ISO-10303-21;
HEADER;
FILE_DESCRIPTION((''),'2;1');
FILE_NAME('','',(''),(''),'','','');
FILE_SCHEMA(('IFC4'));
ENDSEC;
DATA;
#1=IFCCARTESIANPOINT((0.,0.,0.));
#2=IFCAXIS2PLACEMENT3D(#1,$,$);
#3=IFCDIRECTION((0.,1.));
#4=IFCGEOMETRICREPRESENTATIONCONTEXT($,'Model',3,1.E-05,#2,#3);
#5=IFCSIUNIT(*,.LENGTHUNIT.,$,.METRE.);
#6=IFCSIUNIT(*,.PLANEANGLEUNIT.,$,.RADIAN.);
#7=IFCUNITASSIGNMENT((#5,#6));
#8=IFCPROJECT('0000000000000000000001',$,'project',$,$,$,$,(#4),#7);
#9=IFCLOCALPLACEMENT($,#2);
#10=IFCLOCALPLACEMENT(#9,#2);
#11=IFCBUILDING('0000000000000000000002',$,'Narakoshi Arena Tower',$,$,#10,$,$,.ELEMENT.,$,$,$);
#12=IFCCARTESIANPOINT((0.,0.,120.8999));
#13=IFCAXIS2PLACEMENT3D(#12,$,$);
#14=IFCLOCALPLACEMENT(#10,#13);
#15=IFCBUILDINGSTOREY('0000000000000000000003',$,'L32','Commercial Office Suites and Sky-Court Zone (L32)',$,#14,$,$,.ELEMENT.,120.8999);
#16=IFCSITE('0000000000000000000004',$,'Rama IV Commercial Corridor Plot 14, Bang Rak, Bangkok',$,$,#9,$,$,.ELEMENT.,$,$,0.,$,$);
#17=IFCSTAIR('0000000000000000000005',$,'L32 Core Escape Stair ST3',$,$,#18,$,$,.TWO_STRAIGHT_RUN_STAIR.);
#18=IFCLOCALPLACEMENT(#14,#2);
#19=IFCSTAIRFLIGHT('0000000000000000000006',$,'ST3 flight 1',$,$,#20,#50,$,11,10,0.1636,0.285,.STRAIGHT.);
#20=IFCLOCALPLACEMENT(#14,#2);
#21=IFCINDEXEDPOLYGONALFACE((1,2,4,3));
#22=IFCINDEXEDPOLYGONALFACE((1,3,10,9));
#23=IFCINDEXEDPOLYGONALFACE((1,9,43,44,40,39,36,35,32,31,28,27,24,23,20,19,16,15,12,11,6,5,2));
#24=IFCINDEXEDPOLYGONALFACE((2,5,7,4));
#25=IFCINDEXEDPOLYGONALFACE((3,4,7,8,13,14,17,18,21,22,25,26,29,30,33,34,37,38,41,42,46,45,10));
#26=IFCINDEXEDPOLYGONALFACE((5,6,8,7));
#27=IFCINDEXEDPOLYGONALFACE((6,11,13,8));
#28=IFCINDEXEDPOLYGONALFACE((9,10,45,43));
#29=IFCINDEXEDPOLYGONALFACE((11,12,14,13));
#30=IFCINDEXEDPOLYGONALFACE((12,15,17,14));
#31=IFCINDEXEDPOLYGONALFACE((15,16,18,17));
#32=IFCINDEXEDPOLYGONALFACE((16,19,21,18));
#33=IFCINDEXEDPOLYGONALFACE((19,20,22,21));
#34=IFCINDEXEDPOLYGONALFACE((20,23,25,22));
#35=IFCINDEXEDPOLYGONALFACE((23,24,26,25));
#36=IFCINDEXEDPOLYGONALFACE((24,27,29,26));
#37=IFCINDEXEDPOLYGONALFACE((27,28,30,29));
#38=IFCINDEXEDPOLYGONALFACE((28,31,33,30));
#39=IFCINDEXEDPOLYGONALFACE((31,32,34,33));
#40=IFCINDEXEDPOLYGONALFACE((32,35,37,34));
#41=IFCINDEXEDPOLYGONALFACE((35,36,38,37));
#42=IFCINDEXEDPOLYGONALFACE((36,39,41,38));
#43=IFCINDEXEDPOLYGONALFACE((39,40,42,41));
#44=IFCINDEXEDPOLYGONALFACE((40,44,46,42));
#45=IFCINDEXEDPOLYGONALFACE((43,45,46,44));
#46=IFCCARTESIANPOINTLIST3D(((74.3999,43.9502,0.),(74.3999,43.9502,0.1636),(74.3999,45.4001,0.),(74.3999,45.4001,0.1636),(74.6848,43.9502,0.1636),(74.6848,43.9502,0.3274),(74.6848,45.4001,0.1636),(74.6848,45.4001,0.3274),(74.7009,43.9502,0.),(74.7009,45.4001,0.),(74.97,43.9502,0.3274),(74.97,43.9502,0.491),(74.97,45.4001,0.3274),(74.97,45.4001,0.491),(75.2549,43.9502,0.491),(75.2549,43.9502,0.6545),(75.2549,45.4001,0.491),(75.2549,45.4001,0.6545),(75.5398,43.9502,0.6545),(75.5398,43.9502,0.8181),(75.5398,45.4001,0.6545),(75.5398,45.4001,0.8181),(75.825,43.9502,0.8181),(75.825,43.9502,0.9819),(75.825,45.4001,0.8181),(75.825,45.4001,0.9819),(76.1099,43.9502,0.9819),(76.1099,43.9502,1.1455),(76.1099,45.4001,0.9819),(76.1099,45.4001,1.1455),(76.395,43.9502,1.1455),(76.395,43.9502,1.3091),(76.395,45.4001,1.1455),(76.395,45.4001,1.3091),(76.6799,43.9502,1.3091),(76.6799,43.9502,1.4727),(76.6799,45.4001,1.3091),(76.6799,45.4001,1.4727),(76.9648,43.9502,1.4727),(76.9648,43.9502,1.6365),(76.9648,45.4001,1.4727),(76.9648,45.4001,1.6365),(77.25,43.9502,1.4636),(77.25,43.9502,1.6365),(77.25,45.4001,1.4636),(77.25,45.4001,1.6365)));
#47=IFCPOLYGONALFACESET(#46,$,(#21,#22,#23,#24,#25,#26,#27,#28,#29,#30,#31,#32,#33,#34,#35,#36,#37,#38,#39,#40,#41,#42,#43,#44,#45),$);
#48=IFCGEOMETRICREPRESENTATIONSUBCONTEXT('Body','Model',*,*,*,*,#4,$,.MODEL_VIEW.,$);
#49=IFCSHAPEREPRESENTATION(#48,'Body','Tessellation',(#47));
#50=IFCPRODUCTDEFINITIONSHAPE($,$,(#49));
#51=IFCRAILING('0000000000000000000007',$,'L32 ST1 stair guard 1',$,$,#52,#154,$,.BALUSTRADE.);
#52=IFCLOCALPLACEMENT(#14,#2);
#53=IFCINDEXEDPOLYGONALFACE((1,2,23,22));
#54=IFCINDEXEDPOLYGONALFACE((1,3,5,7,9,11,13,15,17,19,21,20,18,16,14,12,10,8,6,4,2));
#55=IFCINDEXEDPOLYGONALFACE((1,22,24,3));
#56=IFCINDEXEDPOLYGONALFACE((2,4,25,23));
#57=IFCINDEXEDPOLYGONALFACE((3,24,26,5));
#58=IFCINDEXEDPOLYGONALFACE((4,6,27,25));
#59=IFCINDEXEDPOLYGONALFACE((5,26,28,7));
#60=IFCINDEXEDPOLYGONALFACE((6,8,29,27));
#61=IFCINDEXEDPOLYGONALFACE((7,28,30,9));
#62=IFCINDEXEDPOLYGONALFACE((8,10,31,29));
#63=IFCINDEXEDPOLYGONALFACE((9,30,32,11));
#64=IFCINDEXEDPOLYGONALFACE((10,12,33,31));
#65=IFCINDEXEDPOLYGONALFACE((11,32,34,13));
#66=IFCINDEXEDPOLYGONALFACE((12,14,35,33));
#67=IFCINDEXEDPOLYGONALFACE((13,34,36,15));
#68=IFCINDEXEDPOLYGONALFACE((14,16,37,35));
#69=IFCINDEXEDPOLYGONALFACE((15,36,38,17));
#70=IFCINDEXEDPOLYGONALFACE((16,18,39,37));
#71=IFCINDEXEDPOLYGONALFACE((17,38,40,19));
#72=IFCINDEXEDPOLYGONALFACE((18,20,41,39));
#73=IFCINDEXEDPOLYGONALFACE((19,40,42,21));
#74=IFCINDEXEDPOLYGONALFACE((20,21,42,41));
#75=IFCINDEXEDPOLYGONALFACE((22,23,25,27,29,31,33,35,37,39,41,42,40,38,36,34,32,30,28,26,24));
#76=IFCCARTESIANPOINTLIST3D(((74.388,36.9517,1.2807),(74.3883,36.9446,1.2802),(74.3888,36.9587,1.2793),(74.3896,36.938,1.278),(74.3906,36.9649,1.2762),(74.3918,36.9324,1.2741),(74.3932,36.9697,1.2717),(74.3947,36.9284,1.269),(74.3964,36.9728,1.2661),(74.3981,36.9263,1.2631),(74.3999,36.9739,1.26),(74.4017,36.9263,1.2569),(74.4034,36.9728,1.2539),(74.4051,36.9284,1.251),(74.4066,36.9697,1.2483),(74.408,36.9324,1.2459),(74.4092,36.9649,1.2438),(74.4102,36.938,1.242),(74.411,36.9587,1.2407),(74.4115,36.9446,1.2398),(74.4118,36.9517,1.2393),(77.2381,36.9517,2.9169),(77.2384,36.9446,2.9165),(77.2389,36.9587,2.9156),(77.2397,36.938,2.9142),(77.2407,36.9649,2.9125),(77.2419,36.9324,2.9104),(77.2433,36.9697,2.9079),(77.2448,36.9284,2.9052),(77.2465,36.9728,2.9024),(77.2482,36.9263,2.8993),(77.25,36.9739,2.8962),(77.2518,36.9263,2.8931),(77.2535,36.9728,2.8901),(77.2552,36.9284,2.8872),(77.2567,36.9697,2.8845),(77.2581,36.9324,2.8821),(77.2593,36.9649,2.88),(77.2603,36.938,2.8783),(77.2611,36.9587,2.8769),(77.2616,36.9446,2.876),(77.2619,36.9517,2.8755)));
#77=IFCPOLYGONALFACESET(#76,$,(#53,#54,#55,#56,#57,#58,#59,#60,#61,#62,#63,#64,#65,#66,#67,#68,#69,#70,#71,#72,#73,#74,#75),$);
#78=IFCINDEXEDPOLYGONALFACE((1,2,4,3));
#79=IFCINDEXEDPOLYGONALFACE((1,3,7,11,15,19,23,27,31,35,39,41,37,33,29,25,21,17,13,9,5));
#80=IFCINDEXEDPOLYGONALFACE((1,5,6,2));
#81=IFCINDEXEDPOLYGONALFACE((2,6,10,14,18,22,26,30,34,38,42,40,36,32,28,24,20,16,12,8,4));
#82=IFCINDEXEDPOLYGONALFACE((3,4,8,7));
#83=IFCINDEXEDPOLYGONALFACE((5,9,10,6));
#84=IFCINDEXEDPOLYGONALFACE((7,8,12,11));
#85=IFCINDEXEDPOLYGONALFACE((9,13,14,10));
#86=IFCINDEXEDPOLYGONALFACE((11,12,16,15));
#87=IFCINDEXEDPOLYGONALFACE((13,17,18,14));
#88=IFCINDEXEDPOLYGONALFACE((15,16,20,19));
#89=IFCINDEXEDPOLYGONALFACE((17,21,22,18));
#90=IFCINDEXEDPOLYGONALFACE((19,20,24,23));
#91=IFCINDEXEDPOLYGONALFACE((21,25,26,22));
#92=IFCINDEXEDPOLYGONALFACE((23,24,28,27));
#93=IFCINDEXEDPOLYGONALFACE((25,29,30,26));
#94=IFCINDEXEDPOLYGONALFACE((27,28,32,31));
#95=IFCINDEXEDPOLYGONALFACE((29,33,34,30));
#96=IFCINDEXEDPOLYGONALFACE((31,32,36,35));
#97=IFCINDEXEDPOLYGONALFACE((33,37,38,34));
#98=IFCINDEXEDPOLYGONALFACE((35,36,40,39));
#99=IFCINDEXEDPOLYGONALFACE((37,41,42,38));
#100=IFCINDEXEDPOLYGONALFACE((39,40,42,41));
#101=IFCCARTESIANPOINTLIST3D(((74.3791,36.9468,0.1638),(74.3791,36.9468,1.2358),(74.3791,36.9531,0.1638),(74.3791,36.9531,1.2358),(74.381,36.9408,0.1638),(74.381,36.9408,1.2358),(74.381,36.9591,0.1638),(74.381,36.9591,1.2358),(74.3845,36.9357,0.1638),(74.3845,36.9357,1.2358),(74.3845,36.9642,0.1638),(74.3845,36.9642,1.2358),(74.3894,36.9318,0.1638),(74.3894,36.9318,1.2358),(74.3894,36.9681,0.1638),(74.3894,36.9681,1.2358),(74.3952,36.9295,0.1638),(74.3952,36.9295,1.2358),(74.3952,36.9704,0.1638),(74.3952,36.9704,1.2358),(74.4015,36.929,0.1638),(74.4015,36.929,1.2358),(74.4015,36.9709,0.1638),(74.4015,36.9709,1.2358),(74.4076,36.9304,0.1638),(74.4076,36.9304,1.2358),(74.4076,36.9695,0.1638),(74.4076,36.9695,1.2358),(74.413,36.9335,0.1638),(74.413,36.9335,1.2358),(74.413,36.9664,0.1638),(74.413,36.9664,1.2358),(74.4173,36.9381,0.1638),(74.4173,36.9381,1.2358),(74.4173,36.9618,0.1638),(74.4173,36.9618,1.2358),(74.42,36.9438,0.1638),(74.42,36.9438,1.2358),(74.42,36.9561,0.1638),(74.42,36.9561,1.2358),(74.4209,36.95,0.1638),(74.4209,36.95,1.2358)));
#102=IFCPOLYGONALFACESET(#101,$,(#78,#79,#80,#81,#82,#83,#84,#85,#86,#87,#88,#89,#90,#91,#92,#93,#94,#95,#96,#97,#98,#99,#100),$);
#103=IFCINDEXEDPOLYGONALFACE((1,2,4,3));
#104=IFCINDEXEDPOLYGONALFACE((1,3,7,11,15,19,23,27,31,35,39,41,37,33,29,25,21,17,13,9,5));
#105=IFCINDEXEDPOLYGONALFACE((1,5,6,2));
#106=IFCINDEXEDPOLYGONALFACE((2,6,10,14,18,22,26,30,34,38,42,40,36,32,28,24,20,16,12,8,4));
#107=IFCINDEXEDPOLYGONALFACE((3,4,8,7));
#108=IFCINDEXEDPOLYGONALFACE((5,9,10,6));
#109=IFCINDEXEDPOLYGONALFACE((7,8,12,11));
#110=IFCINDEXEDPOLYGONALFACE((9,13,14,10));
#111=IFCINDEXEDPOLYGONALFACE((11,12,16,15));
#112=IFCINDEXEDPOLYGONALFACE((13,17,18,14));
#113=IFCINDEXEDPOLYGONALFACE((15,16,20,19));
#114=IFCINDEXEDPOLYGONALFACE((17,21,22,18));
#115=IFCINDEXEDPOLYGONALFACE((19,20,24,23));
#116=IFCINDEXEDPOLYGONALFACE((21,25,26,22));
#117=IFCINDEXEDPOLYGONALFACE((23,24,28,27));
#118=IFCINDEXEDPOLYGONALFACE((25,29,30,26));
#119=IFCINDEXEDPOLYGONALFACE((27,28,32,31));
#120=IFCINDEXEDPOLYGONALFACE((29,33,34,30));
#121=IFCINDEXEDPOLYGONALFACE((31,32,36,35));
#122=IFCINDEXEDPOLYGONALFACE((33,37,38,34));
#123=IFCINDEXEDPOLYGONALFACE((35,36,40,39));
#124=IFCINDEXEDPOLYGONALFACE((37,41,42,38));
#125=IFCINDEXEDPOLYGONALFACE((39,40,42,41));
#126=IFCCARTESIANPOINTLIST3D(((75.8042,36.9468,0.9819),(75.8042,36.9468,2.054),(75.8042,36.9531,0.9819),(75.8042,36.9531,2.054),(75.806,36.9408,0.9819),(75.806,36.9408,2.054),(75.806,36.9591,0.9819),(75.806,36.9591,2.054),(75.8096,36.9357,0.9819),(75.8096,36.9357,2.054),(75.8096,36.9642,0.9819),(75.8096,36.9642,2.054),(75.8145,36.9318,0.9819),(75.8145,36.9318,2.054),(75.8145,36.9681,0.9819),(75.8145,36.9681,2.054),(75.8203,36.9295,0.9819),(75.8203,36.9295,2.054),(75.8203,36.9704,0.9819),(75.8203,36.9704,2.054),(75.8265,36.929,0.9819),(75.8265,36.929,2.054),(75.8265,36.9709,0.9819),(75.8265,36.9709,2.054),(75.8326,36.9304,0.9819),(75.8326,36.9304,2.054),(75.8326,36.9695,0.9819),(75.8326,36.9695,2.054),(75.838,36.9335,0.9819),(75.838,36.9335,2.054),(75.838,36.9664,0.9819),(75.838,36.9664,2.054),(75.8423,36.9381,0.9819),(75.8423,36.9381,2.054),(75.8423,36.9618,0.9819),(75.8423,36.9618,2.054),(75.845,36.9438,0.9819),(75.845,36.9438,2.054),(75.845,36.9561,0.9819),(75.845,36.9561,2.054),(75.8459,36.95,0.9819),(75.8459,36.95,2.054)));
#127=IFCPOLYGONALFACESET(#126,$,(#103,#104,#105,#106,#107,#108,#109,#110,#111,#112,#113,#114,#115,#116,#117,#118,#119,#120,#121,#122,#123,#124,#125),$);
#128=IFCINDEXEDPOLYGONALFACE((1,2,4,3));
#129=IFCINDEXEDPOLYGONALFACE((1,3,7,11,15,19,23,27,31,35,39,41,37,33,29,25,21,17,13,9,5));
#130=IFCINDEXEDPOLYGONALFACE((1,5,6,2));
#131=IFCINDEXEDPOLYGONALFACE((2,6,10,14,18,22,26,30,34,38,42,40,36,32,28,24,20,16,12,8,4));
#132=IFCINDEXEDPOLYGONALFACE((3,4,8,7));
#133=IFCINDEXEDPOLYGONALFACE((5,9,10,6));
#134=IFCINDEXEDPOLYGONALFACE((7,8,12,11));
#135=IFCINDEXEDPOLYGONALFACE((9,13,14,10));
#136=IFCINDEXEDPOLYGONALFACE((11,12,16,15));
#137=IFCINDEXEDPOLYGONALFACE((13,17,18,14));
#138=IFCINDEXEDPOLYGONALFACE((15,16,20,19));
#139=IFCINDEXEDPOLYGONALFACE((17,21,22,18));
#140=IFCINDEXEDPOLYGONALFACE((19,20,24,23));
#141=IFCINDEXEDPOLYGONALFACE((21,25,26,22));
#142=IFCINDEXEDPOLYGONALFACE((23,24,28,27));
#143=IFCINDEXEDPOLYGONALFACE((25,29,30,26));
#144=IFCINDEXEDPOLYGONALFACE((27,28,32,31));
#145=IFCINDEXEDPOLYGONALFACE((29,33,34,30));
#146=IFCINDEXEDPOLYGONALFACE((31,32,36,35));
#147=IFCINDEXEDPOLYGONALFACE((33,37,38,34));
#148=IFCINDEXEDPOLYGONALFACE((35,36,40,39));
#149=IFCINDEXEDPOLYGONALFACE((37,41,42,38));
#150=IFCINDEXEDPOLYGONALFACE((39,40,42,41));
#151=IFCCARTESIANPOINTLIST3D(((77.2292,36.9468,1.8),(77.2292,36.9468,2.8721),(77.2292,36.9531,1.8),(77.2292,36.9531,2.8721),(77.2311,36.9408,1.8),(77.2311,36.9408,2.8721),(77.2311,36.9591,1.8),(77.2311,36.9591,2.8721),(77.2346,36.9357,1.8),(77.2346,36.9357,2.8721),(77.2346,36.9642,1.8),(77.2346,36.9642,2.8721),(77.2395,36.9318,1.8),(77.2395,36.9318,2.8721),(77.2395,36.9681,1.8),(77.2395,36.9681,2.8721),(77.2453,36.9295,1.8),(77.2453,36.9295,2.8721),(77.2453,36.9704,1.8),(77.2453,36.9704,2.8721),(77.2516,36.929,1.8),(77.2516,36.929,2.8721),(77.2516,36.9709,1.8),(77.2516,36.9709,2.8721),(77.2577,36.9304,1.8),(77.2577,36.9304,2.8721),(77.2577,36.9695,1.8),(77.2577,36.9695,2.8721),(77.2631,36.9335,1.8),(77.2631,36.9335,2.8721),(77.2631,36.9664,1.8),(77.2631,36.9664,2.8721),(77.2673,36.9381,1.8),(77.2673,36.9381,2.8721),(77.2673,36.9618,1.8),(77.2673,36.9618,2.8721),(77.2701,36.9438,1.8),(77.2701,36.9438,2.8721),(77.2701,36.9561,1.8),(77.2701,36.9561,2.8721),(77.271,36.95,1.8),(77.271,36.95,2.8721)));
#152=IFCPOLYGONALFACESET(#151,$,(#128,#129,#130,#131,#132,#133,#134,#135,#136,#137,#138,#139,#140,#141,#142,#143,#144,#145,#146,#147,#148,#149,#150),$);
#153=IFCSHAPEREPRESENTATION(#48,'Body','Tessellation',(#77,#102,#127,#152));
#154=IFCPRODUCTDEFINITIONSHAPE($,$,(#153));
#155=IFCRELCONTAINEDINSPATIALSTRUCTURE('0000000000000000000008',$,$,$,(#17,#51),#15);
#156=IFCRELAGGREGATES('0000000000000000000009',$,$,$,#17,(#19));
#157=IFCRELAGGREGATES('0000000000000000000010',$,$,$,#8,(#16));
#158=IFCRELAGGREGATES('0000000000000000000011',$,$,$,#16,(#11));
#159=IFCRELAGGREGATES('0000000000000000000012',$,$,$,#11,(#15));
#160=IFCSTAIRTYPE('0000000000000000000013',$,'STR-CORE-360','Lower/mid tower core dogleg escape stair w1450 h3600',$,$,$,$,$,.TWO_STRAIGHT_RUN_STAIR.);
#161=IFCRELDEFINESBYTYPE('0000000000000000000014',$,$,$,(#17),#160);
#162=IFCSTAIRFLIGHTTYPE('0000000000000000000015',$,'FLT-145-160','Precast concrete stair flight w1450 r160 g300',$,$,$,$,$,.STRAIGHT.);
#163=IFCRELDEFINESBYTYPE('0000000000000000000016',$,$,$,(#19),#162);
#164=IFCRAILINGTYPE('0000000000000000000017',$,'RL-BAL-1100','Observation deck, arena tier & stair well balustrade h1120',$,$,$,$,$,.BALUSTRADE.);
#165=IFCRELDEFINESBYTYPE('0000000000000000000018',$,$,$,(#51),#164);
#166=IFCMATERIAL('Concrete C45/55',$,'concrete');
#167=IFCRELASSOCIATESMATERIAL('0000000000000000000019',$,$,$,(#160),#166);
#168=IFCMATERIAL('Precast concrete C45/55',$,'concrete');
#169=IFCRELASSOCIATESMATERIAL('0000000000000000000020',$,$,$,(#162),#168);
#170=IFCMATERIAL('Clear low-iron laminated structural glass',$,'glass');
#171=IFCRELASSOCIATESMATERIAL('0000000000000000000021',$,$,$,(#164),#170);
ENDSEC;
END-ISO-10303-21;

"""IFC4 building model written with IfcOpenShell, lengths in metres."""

from ifc_helpers import new_model, si_unit, direction, frame, origin, origin_2d, place, context, subcontext, project, spatial, polyline, circle, outline, extrude, material, type_object, element, aggregate, save


model = new_model("IFC4")

# Units and contexts
model_context = context("Model", 3, precision=1e-05, world=origin(), true_north=direction((0.0, 1.0)))
body_context = subcontext(model_context, "Body", "Model", "MODEL_VIEW")
ifc_project = project(units=[si_unit("LENGTHUNIT", "METRE"), si_unit("PLANEANGLEUNIT", "RADIAN")], contexts=[model_context])

# Site, building, storey
site_placement = place(None, origin())
site = spatial("IfcSite", under=ifc_project, at=site_placement, Name="Rama IV Commercial Corridor Plot 14, Bang Rak, Bangkok", CompositionType="ELEMENT", RefElevation=0.0)
building_placement = place(site_placement, origin())
building = spatial("IfcBuilding", under=site, at=building_placement, Name="Narakoshi Arena Tower", CompositionType="ELEMENT")
storey_placement = place(building_placement, frame((0.0, 0.0, 120.8999)))
storey = spatial("IfcBuildingStorey", under=building, at=storey_placement, Name="L32", Description="Commercial Office Suites and Sky-Court Zone (L32)", CompositionType="ELEMENT", Elevation=120.8999)

# Shared definitions
ifc_material_1 = material(Name="Concrete C45/55", Category="concrete")
stair_type = type_object("IfcStairType", Name="STR-CORE-360", Description="Lower/mid tower core dogleg escape stair w1450 h3600", PredefinedType="TWO_STRAIGHT_RUN_STAIR", material=ifc_material_1)
ifc_material_2 = material(Name="Precast concrete C45/55", Category="concrete")
stair_flight_type = type_object("IfcStairFlightType", Name="FLT-145-160", Description="Precast concrete stair flight w1450 r160 g300", PredefinedType="STRAIGHT", material=ifc_material_2)

# Stair, stair flight
stair_1_placement = place(storey_placement, origin())
stair_1 = element("IfcStair", 1, at=stair_1_placement, inside=storey, type_object=stair_type, Name="L32 Core Escape Stair ST3", PredefinedType="TWO_STRAIGHT_RUN_STAIR")
stair_flight_1_placement = place(storey_placement, frame((74.3999, 44.675, 0.0), z_axis=(0.0, 0.0, 1.0), x_axis=(1.0, 0.0, 0.0)))
stair_flight_1 = element("IfcStairFlight", 2, at=stair_flight_1_placement, type_object=stair_flight_type, Name="ST3 flight 1", NumberOfRisers=11, NumberOfTreads=10, PredefinedType="STRAIGHT", RiserHeight=0.1636, TreadLength=0.285, context=body_context, shape_type="SweptSolid", body=[
    extrude(outline(polyline([(0.0, 0.0), (0.0, 0.1636), (0.2849, 0.1636), (0.2849, 0.3274), (0.5701, 0.3274), (0.5701, 0.491), (0.855, 0.491), (0.855, 0.6545), (1.1399, 0.6545), (1.1399, 0.8181), (1.425, 0.8181), (1.425, 0.9819), (1.71, 0.9819), (1.71, 1.1455), (1.9951, 1.1455), (1.9951, 1.3091), (2.28, 1.3091), (2.28, 1.4727), (2.5649, 1.4727), (2.5649, 1.6365), (2.8501, 1.6365), (2.8501, 1.8), (2.8501, 1.4636), (0.301, 0.0), (0.0, 0.0)])), frame((0.0, 0.7251, 0.0), z_axis=(0.0, -1.0, 0.0), x_axis=(1.0, 0.0, 0.0)), (0.0, 0.0, 1.0), 1.45),
])
aggregate(stair_1, [stair_flight_1])

# Railing
ifc_material_3 = material(Name="Clear low-iron laminated structural glass", Category="glass")
railing_type_1 = type_object("IfcRailingType", Name="RL-BAL-1100", Description="Observation deck, arena tier & stair well balustrade h1120", PredefinedType="BALUSTRADE", material=ifc_material_3)
railing_1_placement = place(storey_placement, frame((74.3999, 36.95, 0.1638)))
element("IfcRailing", 3, at=railing_1_placement, inside=storey, type_object=railing_type_1, Name="L32 ST1 stair guard 1", PredefinedType="BALUSTRADE", context=body_context, shape_type="SweptSolid", body=[
    extrude(circle(Radius=0.0239, at=origin_2d()), frame((0.0, 0.0, 1.0962), z_axis=(0.867245, 0.0, 0.497882), x_axis=(0.0, 1.0, 0.0)), (0.0, 0.0, 1.0), 3.2864),
    extrude(circle(Radius=0.021, at=origin_2d()), origin(), (0.0, 0.0, 1.0), 1.072),
    extrude(circle(Radius=0.021, at=origin_2d()), frame((1.425, 0.0, 0.8181)), (0.0, 0.0, 1.0), 1.072),
    extrude(circle(Radius=0.021, at=origin_2d()), frame((2.8501, 0.0, 1.6362)), (0.0, 0.0, 1.0), 1.072),
])

save(model, "model.ifc")
